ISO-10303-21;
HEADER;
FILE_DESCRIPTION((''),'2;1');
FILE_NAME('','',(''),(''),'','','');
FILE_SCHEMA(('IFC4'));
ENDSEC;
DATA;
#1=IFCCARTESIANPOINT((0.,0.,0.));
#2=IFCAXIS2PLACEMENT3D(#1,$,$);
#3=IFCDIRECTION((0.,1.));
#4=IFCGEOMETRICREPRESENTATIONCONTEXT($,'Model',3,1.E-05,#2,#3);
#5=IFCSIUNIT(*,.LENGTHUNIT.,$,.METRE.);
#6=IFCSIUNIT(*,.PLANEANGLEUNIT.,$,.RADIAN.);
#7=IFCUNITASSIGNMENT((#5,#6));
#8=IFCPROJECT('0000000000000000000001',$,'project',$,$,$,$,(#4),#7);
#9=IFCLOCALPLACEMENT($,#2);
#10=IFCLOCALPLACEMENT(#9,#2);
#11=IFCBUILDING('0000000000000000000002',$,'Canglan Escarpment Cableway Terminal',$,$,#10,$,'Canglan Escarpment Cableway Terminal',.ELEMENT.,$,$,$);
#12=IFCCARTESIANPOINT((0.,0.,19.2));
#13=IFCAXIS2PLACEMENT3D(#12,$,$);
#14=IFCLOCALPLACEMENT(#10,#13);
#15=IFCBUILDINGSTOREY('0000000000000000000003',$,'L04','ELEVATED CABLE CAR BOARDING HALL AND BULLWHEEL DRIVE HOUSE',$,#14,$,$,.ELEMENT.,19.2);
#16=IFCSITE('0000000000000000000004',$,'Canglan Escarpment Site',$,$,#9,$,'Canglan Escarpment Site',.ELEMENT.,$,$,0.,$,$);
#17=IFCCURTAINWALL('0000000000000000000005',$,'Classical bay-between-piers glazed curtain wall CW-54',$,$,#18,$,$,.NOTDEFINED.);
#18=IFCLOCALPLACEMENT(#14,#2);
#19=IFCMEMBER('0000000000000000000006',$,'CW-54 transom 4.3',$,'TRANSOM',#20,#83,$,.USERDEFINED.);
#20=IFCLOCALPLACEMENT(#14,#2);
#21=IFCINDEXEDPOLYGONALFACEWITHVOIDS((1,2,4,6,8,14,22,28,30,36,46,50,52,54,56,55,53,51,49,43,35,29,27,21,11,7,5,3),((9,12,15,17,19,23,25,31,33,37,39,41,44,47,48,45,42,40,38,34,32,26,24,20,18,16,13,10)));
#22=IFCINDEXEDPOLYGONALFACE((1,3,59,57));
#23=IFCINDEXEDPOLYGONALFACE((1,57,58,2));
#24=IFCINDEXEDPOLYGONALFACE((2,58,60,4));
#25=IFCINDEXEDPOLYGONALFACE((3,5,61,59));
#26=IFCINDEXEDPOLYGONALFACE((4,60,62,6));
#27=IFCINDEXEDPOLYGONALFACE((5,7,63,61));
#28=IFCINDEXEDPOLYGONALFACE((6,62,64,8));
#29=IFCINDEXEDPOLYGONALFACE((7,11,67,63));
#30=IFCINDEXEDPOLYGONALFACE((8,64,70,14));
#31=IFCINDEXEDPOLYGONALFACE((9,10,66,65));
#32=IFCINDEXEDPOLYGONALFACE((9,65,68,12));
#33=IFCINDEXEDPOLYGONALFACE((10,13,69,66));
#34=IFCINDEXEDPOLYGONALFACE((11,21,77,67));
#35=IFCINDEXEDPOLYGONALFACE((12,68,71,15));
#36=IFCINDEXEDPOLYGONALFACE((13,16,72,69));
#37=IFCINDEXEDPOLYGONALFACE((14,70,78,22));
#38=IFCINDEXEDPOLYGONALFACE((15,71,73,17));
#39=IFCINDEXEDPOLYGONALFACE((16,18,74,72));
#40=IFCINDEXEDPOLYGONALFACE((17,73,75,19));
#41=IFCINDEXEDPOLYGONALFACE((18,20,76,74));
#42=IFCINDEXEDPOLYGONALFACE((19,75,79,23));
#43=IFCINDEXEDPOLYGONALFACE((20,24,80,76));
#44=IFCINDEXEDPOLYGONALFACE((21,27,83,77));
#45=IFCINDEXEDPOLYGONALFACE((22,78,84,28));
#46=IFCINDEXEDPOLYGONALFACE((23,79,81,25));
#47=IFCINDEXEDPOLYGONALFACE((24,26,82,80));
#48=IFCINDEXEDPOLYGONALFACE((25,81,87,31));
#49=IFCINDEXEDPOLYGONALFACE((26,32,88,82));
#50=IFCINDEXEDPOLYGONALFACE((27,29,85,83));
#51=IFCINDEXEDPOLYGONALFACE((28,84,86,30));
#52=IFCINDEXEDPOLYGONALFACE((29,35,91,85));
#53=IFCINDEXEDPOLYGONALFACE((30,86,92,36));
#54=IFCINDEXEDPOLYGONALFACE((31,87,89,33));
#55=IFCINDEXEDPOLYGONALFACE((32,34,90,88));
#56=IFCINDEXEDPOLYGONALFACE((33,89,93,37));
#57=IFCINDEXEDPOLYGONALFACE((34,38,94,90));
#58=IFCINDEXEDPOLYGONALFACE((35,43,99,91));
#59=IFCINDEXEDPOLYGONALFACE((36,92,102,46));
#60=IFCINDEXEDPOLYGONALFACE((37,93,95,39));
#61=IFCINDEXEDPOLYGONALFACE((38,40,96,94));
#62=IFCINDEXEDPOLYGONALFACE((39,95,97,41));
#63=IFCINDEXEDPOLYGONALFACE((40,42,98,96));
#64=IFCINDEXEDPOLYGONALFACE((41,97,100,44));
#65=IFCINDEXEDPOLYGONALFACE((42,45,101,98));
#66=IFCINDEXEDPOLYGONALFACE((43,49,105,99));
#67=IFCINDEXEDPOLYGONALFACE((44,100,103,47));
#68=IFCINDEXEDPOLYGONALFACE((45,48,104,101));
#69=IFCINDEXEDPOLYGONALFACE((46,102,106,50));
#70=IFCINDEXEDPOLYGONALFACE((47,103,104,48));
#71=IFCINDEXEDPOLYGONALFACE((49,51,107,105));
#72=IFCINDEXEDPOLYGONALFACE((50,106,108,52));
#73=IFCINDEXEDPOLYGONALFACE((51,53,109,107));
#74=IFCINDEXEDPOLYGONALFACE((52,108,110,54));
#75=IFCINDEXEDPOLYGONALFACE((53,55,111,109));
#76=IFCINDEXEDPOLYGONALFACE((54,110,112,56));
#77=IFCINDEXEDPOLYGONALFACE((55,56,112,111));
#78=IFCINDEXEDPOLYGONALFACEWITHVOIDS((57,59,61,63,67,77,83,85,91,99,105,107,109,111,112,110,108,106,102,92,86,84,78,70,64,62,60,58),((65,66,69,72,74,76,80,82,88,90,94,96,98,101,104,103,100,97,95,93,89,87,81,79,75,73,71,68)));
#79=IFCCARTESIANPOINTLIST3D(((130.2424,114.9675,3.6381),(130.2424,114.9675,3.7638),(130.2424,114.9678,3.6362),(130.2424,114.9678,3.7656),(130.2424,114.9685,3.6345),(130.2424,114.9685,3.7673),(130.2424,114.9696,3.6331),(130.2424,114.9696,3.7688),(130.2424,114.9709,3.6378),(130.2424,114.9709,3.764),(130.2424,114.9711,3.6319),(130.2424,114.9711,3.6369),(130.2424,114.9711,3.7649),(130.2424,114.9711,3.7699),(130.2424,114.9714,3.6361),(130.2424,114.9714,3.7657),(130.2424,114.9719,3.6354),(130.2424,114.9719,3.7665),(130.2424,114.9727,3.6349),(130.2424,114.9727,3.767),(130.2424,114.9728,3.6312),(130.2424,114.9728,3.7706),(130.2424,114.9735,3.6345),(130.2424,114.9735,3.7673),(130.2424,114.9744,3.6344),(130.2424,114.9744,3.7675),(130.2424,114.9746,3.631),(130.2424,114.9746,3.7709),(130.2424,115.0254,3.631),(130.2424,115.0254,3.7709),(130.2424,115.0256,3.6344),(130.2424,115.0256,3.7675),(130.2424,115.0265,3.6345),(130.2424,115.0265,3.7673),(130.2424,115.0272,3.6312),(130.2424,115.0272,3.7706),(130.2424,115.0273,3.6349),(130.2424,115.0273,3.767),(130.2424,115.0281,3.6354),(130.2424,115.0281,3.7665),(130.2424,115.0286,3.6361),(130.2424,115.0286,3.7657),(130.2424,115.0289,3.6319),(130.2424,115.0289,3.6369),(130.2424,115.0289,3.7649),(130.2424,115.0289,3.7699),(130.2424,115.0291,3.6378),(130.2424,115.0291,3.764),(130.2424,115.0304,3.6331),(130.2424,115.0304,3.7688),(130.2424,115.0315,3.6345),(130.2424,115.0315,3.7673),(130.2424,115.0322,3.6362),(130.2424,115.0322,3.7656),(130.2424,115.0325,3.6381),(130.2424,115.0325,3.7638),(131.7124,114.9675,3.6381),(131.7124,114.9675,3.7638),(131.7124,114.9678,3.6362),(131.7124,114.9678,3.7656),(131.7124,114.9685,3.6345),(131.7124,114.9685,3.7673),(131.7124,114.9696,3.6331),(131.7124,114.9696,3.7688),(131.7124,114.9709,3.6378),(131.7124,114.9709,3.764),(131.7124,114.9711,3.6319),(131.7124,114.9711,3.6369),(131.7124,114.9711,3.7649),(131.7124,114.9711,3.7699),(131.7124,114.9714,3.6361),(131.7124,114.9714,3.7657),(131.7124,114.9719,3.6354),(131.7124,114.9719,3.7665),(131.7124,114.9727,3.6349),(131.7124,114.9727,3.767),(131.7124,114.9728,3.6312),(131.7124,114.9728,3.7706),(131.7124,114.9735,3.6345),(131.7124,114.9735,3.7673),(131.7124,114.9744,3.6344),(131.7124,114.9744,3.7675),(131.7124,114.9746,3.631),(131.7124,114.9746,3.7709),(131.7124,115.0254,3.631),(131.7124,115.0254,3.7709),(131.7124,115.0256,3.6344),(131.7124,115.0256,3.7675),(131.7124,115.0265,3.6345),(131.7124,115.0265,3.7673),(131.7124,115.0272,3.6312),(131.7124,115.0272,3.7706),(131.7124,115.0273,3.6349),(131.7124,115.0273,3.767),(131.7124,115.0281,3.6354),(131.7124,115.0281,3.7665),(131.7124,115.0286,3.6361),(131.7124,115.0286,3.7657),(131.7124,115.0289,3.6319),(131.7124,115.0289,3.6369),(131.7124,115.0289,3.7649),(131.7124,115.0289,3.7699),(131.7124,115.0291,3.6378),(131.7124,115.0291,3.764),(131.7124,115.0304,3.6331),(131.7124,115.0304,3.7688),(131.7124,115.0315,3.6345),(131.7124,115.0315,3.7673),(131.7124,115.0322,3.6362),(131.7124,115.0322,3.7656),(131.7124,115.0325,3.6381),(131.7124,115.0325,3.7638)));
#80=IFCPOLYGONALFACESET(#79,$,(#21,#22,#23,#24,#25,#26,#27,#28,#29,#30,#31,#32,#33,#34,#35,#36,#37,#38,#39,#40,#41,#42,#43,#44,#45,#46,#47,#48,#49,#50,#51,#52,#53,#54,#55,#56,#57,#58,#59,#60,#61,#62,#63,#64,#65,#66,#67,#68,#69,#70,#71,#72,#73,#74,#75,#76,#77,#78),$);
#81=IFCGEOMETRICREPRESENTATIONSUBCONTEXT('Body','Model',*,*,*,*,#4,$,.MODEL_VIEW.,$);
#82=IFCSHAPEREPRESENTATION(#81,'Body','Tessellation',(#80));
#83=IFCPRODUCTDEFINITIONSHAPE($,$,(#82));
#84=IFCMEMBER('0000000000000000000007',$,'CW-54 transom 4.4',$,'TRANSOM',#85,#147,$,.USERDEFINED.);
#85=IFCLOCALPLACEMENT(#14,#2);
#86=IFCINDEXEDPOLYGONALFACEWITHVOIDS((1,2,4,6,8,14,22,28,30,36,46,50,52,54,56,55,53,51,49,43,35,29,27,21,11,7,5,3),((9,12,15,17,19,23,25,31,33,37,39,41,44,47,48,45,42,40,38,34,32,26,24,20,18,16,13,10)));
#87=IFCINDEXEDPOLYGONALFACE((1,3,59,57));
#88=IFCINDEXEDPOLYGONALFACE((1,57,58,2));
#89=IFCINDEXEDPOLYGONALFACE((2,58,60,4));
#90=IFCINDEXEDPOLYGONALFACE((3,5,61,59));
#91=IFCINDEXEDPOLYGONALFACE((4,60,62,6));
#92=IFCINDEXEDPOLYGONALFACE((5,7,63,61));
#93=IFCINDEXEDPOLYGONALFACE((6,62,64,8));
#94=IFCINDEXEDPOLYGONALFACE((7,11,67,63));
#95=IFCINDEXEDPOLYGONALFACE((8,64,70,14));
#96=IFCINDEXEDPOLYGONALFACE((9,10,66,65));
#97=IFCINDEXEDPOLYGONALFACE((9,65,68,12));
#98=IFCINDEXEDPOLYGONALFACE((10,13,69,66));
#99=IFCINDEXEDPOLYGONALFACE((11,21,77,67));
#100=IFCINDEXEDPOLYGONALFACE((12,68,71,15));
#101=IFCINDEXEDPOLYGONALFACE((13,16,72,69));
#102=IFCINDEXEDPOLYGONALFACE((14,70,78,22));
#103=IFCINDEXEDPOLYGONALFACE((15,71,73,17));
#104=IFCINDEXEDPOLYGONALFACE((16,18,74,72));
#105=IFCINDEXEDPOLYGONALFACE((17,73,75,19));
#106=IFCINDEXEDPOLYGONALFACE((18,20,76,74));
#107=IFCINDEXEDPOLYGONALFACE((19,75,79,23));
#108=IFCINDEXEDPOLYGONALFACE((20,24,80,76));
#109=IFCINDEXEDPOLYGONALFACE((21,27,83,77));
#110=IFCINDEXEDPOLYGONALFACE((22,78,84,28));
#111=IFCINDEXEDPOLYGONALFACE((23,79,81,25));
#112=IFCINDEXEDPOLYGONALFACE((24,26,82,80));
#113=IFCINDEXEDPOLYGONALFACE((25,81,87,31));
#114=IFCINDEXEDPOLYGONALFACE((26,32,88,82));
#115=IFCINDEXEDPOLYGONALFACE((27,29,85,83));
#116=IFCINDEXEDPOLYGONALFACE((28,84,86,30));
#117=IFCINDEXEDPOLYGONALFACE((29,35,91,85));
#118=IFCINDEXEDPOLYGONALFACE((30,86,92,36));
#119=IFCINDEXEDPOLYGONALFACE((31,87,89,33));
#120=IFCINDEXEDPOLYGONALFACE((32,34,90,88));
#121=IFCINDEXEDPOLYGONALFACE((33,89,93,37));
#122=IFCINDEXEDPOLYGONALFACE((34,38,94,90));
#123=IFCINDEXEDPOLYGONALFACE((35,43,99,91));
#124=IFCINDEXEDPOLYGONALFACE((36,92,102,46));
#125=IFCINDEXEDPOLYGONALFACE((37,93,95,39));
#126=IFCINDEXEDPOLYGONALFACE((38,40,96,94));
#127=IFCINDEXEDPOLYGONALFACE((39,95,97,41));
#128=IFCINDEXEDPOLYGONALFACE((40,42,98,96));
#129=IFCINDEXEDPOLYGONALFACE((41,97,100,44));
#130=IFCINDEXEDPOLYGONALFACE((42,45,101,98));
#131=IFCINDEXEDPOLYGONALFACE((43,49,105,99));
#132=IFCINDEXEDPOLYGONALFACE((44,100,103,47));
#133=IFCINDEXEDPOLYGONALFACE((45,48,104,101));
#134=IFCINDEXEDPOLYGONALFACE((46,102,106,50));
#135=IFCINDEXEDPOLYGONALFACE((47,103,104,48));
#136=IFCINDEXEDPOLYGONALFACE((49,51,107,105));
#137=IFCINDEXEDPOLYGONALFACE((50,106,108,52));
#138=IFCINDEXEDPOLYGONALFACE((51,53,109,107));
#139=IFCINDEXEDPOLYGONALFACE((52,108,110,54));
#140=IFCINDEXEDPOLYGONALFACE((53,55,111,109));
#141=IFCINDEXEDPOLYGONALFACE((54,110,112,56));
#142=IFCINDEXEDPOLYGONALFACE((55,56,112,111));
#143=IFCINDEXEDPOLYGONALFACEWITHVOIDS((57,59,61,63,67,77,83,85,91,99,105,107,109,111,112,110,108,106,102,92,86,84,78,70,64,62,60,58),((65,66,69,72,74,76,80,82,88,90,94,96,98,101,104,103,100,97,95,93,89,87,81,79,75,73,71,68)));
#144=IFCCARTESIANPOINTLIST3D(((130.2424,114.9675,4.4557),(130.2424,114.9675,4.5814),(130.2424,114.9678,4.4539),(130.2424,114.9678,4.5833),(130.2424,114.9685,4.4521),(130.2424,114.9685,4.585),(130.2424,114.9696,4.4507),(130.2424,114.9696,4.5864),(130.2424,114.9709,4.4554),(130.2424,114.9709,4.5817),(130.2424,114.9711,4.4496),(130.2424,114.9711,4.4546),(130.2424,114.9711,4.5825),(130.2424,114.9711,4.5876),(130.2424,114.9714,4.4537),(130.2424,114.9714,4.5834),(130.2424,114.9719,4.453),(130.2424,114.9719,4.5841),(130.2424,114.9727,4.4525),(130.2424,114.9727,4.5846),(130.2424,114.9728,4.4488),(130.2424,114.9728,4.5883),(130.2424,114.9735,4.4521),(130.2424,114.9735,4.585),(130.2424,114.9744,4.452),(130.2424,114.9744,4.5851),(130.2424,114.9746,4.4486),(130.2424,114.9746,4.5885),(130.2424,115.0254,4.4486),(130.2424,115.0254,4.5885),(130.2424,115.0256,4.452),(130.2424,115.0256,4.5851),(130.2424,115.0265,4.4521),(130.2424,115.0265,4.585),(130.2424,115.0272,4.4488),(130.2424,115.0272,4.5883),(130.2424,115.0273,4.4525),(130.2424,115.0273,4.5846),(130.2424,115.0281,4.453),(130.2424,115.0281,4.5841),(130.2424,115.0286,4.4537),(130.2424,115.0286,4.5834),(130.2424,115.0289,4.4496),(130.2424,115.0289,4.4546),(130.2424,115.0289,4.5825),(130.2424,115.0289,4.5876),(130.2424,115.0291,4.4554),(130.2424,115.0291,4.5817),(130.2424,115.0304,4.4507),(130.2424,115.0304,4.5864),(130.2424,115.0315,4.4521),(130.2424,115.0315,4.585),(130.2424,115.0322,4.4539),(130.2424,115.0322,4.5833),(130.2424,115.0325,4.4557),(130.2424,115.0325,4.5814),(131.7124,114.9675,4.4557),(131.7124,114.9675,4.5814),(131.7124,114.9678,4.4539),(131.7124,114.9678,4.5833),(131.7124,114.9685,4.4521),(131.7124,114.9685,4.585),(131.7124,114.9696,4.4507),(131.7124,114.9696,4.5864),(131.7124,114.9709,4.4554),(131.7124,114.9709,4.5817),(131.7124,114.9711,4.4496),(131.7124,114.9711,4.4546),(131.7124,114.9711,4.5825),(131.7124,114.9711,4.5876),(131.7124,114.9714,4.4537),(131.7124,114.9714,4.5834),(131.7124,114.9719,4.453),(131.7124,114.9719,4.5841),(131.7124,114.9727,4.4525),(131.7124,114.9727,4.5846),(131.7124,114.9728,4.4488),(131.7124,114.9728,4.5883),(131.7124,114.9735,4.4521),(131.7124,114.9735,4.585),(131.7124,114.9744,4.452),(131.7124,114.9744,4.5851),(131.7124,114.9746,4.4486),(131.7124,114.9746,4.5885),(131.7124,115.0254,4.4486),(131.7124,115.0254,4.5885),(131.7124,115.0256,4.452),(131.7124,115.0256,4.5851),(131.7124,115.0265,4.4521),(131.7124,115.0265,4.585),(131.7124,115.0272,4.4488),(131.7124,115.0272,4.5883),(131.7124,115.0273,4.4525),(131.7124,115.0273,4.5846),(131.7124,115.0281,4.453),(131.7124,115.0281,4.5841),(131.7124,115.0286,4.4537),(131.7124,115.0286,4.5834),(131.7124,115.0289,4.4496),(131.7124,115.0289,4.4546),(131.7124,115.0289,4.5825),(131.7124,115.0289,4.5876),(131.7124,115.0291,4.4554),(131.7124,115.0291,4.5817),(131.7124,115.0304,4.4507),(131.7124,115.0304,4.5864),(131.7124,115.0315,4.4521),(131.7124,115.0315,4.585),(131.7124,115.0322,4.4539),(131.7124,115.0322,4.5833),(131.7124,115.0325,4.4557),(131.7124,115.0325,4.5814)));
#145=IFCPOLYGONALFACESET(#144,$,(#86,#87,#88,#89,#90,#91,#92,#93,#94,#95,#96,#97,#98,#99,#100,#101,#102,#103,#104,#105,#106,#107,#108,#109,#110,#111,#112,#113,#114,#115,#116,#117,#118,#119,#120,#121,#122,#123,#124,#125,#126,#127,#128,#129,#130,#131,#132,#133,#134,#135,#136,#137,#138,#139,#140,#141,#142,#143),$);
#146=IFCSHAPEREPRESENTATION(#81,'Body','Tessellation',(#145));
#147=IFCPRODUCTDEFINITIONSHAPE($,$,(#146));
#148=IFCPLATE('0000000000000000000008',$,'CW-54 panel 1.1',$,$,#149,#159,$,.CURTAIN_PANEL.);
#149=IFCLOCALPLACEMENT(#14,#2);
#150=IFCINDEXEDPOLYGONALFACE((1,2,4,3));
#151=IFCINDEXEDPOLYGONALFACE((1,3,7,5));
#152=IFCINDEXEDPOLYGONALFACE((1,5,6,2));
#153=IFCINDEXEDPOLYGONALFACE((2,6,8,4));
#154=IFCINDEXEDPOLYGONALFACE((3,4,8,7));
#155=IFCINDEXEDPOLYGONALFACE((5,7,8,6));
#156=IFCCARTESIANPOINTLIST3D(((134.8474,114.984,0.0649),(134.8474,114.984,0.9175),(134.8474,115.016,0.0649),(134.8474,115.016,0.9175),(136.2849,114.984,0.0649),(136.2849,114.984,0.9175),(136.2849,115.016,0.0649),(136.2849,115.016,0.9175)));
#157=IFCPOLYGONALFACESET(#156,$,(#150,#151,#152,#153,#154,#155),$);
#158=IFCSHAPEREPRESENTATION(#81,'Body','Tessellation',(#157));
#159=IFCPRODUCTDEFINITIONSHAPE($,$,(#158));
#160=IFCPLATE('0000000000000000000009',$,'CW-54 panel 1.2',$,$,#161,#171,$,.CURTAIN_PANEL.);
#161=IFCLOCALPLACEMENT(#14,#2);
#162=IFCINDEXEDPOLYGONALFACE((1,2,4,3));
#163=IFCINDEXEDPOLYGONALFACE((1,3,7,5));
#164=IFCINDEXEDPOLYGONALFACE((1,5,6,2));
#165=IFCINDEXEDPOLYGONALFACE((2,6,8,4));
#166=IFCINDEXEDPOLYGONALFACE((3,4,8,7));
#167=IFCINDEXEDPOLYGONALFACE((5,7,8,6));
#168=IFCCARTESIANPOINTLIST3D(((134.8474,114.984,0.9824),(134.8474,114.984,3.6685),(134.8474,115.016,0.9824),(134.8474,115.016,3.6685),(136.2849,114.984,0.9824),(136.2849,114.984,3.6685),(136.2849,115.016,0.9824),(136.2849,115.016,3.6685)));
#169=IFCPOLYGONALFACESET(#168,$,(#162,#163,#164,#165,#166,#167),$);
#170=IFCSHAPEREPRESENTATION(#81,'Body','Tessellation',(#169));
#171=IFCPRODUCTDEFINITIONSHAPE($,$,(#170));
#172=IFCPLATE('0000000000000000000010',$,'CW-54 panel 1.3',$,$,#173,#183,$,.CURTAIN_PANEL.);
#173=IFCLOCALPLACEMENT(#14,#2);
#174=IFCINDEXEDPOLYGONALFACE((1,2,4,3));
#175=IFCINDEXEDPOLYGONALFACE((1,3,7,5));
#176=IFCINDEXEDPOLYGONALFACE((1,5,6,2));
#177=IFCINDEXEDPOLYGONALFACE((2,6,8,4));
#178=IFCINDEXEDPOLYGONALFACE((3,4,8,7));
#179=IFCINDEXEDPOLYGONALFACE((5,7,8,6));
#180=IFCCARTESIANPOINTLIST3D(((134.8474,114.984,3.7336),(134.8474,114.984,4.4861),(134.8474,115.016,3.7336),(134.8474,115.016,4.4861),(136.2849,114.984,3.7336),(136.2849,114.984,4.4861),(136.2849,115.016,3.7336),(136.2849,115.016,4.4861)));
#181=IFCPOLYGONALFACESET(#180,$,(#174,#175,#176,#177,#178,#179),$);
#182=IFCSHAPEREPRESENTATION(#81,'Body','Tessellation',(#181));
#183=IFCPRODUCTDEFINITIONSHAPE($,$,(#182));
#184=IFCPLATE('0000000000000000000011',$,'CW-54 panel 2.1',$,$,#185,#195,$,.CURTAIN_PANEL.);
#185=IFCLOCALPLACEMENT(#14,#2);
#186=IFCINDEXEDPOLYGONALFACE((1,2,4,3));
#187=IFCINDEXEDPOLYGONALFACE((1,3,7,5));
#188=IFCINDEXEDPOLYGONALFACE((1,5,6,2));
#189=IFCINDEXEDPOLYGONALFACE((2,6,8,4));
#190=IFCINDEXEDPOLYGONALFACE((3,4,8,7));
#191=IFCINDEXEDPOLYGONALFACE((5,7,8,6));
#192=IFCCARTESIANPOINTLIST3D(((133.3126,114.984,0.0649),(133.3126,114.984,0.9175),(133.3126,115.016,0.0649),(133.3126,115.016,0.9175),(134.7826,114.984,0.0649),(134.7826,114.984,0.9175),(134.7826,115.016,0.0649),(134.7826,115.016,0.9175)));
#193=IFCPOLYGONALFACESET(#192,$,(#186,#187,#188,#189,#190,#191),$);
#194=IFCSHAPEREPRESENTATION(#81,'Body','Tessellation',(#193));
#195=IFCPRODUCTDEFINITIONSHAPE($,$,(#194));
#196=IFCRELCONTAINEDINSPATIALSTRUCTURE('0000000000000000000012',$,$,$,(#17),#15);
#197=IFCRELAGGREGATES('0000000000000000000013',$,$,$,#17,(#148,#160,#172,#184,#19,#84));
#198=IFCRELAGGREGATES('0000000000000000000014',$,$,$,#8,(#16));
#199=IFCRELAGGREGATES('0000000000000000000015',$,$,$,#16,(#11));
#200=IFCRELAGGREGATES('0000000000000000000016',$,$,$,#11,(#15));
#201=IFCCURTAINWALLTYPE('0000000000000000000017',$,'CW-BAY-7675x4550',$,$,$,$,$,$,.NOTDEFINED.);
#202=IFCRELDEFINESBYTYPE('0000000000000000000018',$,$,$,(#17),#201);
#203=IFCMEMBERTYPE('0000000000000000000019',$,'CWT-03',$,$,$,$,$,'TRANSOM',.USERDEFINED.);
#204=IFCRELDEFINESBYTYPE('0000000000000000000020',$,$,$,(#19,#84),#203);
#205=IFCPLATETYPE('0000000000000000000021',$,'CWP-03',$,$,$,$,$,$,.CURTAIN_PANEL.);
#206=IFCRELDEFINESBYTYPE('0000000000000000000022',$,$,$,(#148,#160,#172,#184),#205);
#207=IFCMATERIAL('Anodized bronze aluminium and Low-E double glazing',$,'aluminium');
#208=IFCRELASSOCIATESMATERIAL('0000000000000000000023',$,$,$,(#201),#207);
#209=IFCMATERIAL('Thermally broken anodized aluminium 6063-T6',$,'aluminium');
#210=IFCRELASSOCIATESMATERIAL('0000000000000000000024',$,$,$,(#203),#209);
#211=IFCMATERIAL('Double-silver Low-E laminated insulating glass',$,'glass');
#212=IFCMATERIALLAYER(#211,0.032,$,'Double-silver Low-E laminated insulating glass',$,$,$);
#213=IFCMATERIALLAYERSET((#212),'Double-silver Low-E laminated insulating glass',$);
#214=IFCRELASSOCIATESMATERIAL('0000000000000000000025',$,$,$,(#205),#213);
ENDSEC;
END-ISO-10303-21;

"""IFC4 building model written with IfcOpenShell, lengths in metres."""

from ifc_helpers import new_model, si_unit, direction, frame, origin, origin_2d, place, context, subcontext, project, spatial, rectangle, hollow_rectangle, extrude, material, layer, layer_set, material_profile, profile_set, type_object, element, aggregate, save


model = new_model("IFC4")

# Units and contexts
model_context = context("Model", 3, precision=1e-05, world=origin(), true_north=direction((0.0, 1.0)))
body_context = subcontext(model_context, "Body", "Model", "MODEL_VIEW")
ifc_project = project(units=[si_unit("LENGTHUNIT", "METRE"), si_unit("PLANEANGLEUNIT", "RADIAN")], contexts=[model_context])

# Site, building, storey
site_placement = place(None, origin())
site = spatial("IfcSite", under=ifc_project, at=site_placement, Name="Canglan Escarpment Site", LongName="Canglan Escarpment Site", CompositionType="ELEMENT", RefElevation=0.0)
building_placement = place(site_placement, origin())
building = spatial("IfcBuilding", under=site, at=building_placement, Name="Canglan Escarpment Cableway Terminal", LongName="Canglan Escarpment Cableway Terminal", CompositionType="ELEMENT")
storey_placement = place(building_placement, frame((0.0, 0.0, 19.2)))
storey = spatial("IfcBuildingStorey", under=building, at=storey_placement, Name="L04", Description="ELEVATED CABLE CAR BOARDING HALL AND BULLWHEEL DRIVE HOUSE", CompositionType="ELEMENT", Elevation=19.2)

# Curtain wall, members, plates
ifc_material_1 = material(Name="Anodized bronze aluminium and Low-E double glazing", Category="aluminium")
curtain_wall_type = type_object("IfcCurtainWallType", Name="CW-BAY-7675x4550", PredefinedType="NOTDEFINED", material=ifc_material_1)
curtain_wall_placement = place(storey_placement, origin())
curtain_wall = element("IfcCurtainWall", 1, at=curtain_wall_placement, inside=storey, type_object=curtain_wall_type, Name="Classical bay-between-piers glazed curtain wall CW-54", PredefinedType="NOTDEFINED")
ifc_material_2 = material(Name="Thermally broken anodized aluminium 6063-T6", Category="aluminium")
ifc_material_profile_1 = material_profile(ifc_material_2, hollow_rectangle(XDim=0.0649, YDim=0.1399, WallThickness=0.0034, InnerFilletRadius=0.0034, OuterFilletRadius=0.0071, at=origin_2d()), Name="ALU-TRAN 65x140x3.5")
ifc_profile_set_1 = profile_set([ifc_material_profile_1], Name="Thermally broken anodized aluminium 6063-T6")
member_type_1 = type_object("IfcMemberType", Name="CWT-03", ElementType="TRANSOM", PredefinedType="USERDEFINED", material=ifc_profile_set_1)
member_1_placement = place(storey_placement, frame((131.7124, 115.0, 3.7009), z_axis=(-1.0, 0.0, 0.0), x_axis=(0.0, -1.0, 0.0)))
member_1 = element("IfcMember", 2, at=member_1_placement, type_object=member_type_1, Name="CW-54 transom 4.3", ObjectType="TRANSOM", PredefinedType="USERDEFINED", context=body_context, shape_type="SweptSolid", body=[
    extrude(hollow_rectangle(XDim=0.0649, YDim=0.1399, WallThickness=0.0034, InnerFilletRadius=0.0034, OuterFilletRadius=0.0071, at=origin_2d()), origin(), (0.0, 0.0, 1.0), 1.47),
])
member_2_placement = place(storey_placement, frame((131.7124, 115.0, 4.5186), z_axis=(-1.0, 0.0, 0.0), x_axis=(0.0, -1.0, 0.0)))
member_2 = element("IfcMember", 3, at=member_2_placement, type_object=member_type_1, Name="CW-54 transom 4.4", ObjectType="TRANSOM", PredefinedType="USERDEFINED", context=body_context, shape_type="SweptSolid", body=[
    extrude(hollow_rectangle(XDim=0.0649, YDim=0.1399, WallThickness=0.0034, InnerFilletRadius=0.0034, OuterFilletRadius=0.0071, at=origin_2d()), origin(), (0.0, 0.0, 1.0), 1.47),
])
ifc_material_3 = material(Name="Double-silver Low-E laminated insulating glass", Category="glass")
ifc_layer = layer(ifc_material_3, 0.032, Name="Double-silver Low-E laminated insulating glass")
ifc_layer_set = layer_set([ifc_layer], Name="Double-silver Low-E laminated insulating glass")
plate_type = type_object("IfcPlateType", Name="CWP-03", PredefinedType="CURTAIN_PANEL", material=ifc_layer_set)
plate_1_placement = place(storey_placement, frame((135.5662, 115.0, 0.0649), z_axis=(0.0, 0.0, 1.0), x_axis=(-1.0, 0.0, 0.0)))
plate_1 = element("IfcPlate", 4, at=plate_1_placement, type_object=plate_type, Name="CW-54 panel 1.1", PredefinedType="CURTAIN_PANEL", context=body_context, shape_type="SweptSolid", body=[
    extrude(rectangle(XDim=1.4375, YDim=0.032, at=origin_2d()), origin(), (0.0, 0.0, 1.0), 0.8525),
])
plate_2_placement = place(storey_placement, frame((135.5662, 115.0, 0.9824), z_axis=(0.0, 0.0, 1.0), x_axis=(-1.0, 0.0, 0.0)))
plate_2 = element("IfcPlate", 5, at=plate_2_placement, type_object=plate_type, Name="CW-54 panel 1.2", PredefinedType="CURTAIN_PANEL", context=body_context, shape_type="SweptSolid", body=[
    extrude(rectangle(XDim=1.4375, YDim=0.032, at=origin_2d()), origin(), (0.0, 0.0, 1.0), 2.686),
])
plate_3_placement = place(storey_placement, frame((135.5662, 115.0, 3.7336), z_axis=(0.0, 0.0, 1.0), x_axis=(-1.0, 0.0, 0.0)))
plate_3 = element("IfcPlate", 6, at=plate_3_placement, type_object=plate_type, Name="CW-54 panel 1.3", PredefinedType="CURTAIN_PANEL", context=body_context, shape_type="SweptSolid", body=[
    extrude(rectangle(XDim=1.4375, YDim=0.032, at=origin_2d()), origin(), (0.0, 0.0, 1.0), 0.7524),
])
plate_4_placement = place(storey_placement, frame((134.0476, 115.0, 0.0649), z_axis=(0.0, 0.0, 1.0), x_axis=(-1.0, 0.0, 0.0)))
plate_4 = element("IfcPlate", 7, at=plate_4_placement, type_object=plate_type, Name="CW-54 panel 2.1", PredefinedType="CURTAIN_PANEL", context=body_context, shape_type="SweptSolid", body=[
    extrude(rectangle(XDim=1.47, YDim=0.032, at=origin_2d()), origin(), (0.0, 0.0, 1.0), 0.8525),
])
aggregate(curtain_wall, [plate_1, plate_2, plate_3, plate_4, member_1, member_2])

save(model, "model.ifc")
